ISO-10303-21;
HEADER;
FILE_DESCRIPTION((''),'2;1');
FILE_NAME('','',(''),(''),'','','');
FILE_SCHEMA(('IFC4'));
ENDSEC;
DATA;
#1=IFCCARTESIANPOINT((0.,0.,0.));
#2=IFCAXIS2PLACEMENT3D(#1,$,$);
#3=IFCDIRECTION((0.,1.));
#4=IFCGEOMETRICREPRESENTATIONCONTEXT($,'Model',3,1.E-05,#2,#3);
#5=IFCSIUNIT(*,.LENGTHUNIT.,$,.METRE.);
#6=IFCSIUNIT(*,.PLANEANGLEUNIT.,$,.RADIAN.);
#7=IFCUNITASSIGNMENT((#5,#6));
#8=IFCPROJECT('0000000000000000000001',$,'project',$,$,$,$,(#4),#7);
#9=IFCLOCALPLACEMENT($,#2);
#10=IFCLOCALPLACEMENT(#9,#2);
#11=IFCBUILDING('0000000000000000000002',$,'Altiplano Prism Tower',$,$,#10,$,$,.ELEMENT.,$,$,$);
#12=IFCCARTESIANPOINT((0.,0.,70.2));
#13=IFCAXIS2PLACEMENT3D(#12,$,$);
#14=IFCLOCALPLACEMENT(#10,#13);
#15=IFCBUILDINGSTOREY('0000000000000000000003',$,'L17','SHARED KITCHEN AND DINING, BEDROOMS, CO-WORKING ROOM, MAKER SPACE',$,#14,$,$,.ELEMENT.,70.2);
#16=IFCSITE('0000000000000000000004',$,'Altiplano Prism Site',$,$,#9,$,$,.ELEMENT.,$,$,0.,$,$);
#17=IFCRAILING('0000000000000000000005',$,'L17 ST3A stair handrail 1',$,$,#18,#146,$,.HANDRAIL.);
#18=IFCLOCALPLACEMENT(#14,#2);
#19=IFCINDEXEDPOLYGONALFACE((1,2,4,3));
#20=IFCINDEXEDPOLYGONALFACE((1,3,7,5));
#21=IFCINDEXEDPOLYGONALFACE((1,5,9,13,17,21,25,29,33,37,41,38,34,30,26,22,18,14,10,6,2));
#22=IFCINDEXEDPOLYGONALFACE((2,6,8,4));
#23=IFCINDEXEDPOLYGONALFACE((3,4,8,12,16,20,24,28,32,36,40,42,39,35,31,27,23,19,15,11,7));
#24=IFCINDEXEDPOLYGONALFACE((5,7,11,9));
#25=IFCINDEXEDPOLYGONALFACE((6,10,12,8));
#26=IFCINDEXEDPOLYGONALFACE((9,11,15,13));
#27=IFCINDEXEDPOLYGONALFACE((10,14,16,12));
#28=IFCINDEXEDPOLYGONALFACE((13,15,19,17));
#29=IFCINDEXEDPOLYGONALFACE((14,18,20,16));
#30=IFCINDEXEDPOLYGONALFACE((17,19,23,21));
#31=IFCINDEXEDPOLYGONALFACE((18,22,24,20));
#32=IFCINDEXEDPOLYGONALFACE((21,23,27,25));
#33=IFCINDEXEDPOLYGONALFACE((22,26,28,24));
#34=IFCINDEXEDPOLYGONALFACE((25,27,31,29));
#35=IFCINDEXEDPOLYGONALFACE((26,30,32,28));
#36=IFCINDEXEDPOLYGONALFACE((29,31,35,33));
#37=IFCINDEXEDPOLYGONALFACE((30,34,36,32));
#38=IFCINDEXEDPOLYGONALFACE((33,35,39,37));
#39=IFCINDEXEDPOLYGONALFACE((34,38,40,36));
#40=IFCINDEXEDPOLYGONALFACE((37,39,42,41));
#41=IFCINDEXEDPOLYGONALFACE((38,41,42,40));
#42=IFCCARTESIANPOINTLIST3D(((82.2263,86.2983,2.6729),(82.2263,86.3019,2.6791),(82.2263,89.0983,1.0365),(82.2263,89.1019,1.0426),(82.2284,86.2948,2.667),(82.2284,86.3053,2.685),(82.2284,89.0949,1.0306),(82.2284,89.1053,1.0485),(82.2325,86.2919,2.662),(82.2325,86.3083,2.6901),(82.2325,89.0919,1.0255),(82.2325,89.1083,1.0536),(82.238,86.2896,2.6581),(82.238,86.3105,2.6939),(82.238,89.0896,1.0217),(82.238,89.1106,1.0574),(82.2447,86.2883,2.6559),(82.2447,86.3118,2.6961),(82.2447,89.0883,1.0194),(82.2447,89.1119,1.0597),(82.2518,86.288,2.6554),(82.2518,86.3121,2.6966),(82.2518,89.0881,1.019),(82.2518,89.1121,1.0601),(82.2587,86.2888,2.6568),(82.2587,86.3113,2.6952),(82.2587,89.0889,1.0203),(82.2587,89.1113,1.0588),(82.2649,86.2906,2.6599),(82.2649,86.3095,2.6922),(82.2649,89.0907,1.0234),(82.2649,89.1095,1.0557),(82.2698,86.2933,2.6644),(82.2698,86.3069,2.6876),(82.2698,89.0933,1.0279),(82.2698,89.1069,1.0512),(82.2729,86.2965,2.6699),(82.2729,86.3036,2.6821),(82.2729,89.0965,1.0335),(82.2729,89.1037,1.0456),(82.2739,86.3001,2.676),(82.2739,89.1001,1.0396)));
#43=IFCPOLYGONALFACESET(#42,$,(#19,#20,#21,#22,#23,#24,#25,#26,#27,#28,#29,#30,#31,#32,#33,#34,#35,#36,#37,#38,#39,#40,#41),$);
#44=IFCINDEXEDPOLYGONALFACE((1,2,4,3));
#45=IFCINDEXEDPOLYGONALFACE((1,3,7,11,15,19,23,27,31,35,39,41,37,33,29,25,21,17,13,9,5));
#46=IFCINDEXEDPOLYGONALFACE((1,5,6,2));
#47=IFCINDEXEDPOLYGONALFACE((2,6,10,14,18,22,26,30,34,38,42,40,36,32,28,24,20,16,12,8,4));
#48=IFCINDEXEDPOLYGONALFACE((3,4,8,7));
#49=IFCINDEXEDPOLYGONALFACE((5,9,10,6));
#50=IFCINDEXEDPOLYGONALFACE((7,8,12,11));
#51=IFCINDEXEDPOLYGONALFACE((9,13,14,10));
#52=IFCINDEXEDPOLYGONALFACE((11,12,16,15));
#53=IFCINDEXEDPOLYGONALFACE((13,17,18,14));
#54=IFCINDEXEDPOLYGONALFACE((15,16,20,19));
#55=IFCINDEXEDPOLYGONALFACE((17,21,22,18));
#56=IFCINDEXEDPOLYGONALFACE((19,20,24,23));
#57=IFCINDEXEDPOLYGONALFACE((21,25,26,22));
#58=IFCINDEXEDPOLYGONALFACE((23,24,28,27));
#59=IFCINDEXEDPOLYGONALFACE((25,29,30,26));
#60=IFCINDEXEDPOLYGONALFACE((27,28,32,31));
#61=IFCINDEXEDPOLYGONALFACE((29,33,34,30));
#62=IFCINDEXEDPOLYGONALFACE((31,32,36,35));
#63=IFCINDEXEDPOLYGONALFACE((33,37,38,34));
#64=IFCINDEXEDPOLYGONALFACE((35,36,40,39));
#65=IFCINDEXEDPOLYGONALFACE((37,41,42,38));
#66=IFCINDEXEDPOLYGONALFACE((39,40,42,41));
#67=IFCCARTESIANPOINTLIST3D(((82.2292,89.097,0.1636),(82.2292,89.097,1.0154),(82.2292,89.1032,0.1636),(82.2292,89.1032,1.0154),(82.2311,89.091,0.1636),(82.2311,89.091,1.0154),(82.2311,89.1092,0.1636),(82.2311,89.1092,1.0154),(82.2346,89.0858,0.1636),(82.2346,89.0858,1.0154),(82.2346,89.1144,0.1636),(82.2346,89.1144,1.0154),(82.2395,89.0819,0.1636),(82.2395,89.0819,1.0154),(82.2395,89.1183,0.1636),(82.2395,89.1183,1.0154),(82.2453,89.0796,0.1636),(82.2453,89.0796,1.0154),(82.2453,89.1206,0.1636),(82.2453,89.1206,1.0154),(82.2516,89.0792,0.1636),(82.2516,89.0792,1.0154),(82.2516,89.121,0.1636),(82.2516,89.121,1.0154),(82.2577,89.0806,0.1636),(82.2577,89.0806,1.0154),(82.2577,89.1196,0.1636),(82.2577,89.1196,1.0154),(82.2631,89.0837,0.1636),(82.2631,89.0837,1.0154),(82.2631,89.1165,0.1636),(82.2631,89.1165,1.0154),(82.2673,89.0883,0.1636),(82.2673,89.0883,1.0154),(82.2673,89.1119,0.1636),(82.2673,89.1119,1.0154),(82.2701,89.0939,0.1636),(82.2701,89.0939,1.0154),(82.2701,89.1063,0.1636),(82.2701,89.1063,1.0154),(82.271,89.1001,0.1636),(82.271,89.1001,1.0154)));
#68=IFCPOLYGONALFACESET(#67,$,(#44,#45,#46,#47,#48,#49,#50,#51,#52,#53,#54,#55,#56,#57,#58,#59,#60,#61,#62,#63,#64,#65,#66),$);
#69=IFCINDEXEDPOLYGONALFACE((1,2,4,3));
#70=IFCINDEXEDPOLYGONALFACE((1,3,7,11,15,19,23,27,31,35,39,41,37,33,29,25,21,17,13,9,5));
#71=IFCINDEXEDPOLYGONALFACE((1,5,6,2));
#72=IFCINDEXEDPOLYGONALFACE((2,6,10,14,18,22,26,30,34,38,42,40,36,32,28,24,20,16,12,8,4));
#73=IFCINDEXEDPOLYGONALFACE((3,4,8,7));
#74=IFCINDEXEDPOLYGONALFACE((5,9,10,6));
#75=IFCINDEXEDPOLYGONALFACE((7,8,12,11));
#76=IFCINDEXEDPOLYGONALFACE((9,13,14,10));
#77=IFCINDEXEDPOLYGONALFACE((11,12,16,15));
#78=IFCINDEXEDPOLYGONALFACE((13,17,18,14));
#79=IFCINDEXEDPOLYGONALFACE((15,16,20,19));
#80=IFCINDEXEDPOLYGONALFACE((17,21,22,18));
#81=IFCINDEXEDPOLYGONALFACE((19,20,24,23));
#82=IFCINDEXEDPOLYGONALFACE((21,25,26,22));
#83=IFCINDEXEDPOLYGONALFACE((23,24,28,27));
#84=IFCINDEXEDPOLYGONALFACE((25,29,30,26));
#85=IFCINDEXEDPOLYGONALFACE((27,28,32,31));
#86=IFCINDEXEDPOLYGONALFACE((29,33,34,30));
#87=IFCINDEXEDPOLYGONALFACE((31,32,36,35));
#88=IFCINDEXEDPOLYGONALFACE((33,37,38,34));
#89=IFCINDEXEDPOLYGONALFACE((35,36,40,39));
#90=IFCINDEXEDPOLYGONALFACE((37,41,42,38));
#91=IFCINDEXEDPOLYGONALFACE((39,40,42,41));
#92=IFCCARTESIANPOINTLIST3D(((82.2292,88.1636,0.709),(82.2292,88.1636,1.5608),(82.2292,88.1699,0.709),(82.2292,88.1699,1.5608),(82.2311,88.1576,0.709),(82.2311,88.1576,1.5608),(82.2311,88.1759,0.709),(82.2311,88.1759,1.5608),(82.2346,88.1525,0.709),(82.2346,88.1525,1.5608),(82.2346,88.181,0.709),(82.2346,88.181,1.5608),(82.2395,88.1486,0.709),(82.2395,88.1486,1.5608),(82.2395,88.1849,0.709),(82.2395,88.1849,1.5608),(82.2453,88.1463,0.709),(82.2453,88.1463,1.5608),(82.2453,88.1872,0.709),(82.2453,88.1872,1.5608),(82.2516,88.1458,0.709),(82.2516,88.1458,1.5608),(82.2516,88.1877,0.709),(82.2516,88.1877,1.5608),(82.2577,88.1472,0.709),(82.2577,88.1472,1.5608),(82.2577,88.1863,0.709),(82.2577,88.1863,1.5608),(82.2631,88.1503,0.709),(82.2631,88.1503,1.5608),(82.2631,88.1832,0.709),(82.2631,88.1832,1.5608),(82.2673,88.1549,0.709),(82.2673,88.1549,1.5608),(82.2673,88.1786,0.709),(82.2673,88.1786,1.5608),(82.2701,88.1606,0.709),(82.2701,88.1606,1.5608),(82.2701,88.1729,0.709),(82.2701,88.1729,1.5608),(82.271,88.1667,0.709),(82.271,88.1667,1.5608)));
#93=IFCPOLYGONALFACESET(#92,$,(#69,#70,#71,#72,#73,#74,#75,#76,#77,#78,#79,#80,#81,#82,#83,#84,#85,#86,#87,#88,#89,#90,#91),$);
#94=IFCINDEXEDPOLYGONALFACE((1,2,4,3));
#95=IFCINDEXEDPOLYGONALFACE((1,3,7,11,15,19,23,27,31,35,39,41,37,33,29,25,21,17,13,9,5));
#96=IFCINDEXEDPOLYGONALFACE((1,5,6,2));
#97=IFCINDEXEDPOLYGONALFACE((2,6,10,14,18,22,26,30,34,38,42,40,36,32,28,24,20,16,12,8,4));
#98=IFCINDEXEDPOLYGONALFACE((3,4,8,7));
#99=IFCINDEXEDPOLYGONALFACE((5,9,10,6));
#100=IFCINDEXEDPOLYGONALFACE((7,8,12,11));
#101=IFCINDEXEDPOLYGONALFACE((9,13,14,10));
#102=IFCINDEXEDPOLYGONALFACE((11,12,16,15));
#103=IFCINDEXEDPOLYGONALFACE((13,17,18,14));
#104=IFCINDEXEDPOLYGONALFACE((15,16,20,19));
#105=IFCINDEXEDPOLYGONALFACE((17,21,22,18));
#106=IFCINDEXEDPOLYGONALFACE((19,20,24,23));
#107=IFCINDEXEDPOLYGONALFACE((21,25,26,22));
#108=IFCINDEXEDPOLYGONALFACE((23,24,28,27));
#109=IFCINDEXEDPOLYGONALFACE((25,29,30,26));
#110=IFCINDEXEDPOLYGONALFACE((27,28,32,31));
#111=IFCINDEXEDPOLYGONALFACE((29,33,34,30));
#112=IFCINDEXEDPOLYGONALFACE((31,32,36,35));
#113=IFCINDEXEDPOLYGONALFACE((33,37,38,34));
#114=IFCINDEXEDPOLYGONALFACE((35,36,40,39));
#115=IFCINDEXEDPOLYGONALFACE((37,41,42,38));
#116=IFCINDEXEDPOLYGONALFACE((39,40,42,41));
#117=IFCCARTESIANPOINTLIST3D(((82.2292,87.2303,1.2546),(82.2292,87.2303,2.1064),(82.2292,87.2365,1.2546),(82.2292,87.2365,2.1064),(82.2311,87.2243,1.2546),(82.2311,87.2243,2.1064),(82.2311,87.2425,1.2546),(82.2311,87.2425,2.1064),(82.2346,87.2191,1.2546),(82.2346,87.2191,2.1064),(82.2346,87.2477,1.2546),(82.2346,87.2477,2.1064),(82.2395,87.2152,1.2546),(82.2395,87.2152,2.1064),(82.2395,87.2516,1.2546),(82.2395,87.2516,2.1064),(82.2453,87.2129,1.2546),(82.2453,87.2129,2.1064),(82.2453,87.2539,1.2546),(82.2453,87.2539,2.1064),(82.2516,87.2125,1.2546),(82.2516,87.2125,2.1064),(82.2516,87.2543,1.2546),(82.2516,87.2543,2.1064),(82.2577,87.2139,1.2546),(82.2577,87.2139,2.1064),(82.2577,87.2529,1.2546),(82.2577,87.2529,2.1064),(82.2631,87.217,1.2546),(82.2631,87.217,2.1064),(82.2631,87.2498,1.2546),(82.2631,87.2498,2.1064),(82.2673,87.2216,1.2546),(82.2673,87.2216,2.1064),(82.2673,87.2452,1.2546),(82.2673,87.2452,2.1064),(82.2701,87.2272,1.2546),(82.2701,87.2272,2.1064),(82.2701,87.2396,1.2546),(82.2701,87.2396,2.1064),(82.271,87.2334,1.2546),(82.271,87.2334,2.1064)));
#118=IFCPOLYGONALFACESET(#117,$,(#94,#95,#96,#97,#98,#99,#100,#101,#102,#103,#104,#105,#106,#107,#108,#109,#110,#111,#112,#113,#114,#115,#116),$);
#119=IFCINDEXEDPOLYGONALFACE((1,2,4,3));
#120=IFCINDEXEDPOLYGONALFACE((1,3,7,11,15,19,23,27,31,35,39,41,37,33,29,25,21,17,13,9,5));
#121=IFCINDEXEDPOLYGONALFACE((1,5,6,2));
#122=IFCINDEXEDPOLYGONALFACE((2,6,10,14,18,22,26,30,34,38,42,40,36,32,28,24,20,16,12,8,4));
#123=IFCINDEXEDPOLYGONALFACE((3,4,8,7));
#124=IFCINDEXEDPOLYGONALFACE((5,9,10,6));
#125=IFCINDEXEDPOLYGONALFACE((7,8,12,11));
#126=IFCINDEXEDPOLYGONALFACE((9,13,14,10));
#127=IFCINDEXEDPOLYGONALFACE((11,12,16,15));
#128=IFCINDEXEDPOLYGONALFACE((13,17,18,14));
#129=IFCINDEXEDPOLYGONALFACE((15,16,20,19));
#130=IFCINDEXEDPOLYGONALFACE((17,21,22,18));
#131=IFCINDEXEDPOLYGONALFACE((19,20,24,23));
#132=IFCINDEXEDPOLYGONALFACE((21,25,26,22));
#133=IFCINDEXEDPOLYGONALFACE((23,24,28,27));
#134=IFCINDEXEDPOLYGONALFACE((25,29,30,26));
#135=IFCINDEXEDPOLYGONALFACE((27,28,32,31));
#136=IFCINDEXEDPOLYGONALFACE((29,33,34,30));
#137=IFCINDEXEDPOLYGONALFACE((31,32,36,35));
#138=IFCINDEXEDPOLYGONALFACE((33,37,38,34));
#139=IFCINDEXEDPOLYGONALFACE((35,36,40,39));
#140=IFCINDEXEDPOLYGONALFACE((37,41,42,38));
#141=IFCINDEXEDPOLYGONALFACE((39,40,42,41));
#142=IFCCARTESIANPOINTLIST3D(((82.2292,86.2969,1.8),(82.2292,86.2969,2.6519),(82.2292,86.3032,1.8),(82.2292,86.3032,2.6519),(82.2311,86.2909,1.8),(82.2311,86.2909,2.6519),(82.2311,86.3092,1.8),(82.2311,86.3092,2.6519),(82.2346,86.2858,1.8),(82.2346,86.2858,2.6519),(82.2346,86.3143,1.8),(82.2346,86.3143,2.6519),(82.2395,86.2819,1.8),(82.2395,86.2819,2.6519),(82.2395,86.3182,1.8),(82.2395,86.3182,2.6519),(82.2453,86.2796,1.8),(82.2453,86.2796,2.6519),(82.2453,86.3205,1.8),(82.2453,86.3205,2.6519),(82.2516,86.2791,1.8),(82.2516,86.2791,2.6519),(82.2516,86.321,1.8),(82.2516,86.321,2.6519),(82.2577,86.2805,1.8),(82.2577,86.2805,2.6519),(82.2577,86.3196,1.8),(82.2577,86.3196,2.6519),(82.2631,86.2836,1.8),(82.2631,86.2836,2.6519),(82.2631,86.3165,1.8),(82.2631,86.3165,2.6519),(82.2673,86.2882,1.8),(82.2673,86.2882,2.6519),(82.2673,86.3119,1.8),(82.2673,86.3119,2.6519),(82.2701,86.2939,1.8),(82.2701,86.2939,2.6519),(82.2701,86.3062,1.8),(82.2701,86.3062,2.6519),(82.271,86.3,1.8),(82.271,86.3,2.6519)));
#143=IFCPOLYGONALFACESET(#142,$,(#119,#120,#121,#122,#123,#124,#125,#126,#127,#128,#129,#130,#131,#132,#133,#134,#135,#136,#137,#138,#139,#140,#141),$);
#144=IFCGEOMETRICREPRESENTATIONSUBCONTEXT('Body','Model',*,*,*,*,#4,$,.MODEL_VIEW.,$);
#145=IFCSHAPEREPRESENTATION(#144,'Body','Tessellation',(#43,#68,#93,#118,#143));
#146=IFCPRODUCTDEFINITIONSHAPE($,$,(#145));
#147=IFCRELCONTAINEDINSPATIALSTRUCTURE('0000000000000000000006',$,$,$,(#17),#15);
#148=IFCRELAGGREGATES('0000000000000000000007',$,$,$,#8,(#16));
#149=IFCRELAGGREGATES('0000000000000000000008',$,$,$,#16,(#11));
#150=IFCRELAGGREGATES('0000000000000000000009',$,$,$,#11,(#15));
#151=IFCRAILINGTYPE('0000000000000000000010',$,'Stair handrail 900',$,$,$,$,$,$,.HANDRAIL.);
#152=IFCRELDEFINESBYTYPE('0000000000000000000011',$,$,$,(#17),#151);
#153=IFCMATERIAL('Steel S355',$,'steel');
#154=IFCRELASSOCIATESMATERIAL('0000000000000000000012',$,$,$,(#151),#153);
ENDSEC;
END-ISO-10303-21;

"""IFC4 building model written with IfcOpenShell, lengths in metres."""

from ifc_helpers import new_model, si_unit, direction, frame, origin, origin_2d, place, context, subcontext, project, spatial, circle, extrude, material, type_object, element, save


model = new_model("IFC4")

# Units and contexts
model_context = context("Model", 3, precision=1e-05, world=origin(), true_north=direction((0.0, 1.0)))
body_context = subcontext(model_context, "Body", "Model", "MODEL_VIEW")
ifc_project = project(units=[si_unit("LENGTHUNIT", "METRE"), si_unit("PLANEANGLEUNIT", "RADIAN")], contexts=[model_context])

# Site, building, storey
site_placement = place(None, origin())
site = spatial("IfcSite", under=ifc_project, at=site_placement, Name="Altiplano Prism Site", CompositionType="ELEMENT", RefElevation=0.0)
building_placement = place(site_placement, origin())
building = spatial("IfcBuilding", under=site, at=building_placement, Name="Altiplano Prism Tower", CompositionType="ELEMENT")
storey_placement = place(building_placement, frame((0.0, 0.0, 70.2)))
storey = spatial("IfcBuildingStorey", under=building, at=storey_placement, Name="L17", Description="SHARED KITCHEN AND DINING, BEDROOMS, CO-WORKING ROOM, MAKER SPACE", CompositionType="ELEMENT", Elevation=70.2)

# Railing
ifc_material_1 = material(Name="Steel S355", Category="steel")
railing_type_1 = type_object("IfcRailingType", Name="Stair handrail 900", PredefinedType="HANDRAIL", material=ifc_material_1)
for number, where, name in (
    (1, (82.25, 89.1001, 0.1636), "L17 ST3A stair handrail 1"),
):
    element("IfcRailing", number, at=place(storey_placement, frame(where)), inside=storey, type_object=railing_type_1, Name=name, PredefinedType="HANDRAIL", context=body_context, shape_type="SweptSolid", body=[
        extrude(circle(Radius=0.0239, at=origin_2d()), frame((0.0, 0.0, 0.876), z_axis=(0.0, -0.863361, 0.504587), x_axis=(1.0, 0.0, 0.0)), (0.0, 0.0, 1.0), 3.2432),
        extrude(circle(Radius=0.021, at=origin_2d()), origin(), (0.0, 0.0, 1.0), 0.8518),
        extrude(circle(Radius=0.021, at=origin_2d()), frame((0.0, -0.9333, 0.5454)), (0.0, 0.0, 1.0), 0.8518),
        extrude(circle(Radius=0.021, at=origin_2d()), frame((0.0, -1.8667, 1.0911)), (0.0, 0.0, 1.0), 0.8518),
        extrude(circle(Radius=0.021, at=origin_2d()), frame((0.0, -2.8, 1.6365)), (0.0, 0.0, 1.0), 0.8518),
    ])

save(model, "model.ifc")
